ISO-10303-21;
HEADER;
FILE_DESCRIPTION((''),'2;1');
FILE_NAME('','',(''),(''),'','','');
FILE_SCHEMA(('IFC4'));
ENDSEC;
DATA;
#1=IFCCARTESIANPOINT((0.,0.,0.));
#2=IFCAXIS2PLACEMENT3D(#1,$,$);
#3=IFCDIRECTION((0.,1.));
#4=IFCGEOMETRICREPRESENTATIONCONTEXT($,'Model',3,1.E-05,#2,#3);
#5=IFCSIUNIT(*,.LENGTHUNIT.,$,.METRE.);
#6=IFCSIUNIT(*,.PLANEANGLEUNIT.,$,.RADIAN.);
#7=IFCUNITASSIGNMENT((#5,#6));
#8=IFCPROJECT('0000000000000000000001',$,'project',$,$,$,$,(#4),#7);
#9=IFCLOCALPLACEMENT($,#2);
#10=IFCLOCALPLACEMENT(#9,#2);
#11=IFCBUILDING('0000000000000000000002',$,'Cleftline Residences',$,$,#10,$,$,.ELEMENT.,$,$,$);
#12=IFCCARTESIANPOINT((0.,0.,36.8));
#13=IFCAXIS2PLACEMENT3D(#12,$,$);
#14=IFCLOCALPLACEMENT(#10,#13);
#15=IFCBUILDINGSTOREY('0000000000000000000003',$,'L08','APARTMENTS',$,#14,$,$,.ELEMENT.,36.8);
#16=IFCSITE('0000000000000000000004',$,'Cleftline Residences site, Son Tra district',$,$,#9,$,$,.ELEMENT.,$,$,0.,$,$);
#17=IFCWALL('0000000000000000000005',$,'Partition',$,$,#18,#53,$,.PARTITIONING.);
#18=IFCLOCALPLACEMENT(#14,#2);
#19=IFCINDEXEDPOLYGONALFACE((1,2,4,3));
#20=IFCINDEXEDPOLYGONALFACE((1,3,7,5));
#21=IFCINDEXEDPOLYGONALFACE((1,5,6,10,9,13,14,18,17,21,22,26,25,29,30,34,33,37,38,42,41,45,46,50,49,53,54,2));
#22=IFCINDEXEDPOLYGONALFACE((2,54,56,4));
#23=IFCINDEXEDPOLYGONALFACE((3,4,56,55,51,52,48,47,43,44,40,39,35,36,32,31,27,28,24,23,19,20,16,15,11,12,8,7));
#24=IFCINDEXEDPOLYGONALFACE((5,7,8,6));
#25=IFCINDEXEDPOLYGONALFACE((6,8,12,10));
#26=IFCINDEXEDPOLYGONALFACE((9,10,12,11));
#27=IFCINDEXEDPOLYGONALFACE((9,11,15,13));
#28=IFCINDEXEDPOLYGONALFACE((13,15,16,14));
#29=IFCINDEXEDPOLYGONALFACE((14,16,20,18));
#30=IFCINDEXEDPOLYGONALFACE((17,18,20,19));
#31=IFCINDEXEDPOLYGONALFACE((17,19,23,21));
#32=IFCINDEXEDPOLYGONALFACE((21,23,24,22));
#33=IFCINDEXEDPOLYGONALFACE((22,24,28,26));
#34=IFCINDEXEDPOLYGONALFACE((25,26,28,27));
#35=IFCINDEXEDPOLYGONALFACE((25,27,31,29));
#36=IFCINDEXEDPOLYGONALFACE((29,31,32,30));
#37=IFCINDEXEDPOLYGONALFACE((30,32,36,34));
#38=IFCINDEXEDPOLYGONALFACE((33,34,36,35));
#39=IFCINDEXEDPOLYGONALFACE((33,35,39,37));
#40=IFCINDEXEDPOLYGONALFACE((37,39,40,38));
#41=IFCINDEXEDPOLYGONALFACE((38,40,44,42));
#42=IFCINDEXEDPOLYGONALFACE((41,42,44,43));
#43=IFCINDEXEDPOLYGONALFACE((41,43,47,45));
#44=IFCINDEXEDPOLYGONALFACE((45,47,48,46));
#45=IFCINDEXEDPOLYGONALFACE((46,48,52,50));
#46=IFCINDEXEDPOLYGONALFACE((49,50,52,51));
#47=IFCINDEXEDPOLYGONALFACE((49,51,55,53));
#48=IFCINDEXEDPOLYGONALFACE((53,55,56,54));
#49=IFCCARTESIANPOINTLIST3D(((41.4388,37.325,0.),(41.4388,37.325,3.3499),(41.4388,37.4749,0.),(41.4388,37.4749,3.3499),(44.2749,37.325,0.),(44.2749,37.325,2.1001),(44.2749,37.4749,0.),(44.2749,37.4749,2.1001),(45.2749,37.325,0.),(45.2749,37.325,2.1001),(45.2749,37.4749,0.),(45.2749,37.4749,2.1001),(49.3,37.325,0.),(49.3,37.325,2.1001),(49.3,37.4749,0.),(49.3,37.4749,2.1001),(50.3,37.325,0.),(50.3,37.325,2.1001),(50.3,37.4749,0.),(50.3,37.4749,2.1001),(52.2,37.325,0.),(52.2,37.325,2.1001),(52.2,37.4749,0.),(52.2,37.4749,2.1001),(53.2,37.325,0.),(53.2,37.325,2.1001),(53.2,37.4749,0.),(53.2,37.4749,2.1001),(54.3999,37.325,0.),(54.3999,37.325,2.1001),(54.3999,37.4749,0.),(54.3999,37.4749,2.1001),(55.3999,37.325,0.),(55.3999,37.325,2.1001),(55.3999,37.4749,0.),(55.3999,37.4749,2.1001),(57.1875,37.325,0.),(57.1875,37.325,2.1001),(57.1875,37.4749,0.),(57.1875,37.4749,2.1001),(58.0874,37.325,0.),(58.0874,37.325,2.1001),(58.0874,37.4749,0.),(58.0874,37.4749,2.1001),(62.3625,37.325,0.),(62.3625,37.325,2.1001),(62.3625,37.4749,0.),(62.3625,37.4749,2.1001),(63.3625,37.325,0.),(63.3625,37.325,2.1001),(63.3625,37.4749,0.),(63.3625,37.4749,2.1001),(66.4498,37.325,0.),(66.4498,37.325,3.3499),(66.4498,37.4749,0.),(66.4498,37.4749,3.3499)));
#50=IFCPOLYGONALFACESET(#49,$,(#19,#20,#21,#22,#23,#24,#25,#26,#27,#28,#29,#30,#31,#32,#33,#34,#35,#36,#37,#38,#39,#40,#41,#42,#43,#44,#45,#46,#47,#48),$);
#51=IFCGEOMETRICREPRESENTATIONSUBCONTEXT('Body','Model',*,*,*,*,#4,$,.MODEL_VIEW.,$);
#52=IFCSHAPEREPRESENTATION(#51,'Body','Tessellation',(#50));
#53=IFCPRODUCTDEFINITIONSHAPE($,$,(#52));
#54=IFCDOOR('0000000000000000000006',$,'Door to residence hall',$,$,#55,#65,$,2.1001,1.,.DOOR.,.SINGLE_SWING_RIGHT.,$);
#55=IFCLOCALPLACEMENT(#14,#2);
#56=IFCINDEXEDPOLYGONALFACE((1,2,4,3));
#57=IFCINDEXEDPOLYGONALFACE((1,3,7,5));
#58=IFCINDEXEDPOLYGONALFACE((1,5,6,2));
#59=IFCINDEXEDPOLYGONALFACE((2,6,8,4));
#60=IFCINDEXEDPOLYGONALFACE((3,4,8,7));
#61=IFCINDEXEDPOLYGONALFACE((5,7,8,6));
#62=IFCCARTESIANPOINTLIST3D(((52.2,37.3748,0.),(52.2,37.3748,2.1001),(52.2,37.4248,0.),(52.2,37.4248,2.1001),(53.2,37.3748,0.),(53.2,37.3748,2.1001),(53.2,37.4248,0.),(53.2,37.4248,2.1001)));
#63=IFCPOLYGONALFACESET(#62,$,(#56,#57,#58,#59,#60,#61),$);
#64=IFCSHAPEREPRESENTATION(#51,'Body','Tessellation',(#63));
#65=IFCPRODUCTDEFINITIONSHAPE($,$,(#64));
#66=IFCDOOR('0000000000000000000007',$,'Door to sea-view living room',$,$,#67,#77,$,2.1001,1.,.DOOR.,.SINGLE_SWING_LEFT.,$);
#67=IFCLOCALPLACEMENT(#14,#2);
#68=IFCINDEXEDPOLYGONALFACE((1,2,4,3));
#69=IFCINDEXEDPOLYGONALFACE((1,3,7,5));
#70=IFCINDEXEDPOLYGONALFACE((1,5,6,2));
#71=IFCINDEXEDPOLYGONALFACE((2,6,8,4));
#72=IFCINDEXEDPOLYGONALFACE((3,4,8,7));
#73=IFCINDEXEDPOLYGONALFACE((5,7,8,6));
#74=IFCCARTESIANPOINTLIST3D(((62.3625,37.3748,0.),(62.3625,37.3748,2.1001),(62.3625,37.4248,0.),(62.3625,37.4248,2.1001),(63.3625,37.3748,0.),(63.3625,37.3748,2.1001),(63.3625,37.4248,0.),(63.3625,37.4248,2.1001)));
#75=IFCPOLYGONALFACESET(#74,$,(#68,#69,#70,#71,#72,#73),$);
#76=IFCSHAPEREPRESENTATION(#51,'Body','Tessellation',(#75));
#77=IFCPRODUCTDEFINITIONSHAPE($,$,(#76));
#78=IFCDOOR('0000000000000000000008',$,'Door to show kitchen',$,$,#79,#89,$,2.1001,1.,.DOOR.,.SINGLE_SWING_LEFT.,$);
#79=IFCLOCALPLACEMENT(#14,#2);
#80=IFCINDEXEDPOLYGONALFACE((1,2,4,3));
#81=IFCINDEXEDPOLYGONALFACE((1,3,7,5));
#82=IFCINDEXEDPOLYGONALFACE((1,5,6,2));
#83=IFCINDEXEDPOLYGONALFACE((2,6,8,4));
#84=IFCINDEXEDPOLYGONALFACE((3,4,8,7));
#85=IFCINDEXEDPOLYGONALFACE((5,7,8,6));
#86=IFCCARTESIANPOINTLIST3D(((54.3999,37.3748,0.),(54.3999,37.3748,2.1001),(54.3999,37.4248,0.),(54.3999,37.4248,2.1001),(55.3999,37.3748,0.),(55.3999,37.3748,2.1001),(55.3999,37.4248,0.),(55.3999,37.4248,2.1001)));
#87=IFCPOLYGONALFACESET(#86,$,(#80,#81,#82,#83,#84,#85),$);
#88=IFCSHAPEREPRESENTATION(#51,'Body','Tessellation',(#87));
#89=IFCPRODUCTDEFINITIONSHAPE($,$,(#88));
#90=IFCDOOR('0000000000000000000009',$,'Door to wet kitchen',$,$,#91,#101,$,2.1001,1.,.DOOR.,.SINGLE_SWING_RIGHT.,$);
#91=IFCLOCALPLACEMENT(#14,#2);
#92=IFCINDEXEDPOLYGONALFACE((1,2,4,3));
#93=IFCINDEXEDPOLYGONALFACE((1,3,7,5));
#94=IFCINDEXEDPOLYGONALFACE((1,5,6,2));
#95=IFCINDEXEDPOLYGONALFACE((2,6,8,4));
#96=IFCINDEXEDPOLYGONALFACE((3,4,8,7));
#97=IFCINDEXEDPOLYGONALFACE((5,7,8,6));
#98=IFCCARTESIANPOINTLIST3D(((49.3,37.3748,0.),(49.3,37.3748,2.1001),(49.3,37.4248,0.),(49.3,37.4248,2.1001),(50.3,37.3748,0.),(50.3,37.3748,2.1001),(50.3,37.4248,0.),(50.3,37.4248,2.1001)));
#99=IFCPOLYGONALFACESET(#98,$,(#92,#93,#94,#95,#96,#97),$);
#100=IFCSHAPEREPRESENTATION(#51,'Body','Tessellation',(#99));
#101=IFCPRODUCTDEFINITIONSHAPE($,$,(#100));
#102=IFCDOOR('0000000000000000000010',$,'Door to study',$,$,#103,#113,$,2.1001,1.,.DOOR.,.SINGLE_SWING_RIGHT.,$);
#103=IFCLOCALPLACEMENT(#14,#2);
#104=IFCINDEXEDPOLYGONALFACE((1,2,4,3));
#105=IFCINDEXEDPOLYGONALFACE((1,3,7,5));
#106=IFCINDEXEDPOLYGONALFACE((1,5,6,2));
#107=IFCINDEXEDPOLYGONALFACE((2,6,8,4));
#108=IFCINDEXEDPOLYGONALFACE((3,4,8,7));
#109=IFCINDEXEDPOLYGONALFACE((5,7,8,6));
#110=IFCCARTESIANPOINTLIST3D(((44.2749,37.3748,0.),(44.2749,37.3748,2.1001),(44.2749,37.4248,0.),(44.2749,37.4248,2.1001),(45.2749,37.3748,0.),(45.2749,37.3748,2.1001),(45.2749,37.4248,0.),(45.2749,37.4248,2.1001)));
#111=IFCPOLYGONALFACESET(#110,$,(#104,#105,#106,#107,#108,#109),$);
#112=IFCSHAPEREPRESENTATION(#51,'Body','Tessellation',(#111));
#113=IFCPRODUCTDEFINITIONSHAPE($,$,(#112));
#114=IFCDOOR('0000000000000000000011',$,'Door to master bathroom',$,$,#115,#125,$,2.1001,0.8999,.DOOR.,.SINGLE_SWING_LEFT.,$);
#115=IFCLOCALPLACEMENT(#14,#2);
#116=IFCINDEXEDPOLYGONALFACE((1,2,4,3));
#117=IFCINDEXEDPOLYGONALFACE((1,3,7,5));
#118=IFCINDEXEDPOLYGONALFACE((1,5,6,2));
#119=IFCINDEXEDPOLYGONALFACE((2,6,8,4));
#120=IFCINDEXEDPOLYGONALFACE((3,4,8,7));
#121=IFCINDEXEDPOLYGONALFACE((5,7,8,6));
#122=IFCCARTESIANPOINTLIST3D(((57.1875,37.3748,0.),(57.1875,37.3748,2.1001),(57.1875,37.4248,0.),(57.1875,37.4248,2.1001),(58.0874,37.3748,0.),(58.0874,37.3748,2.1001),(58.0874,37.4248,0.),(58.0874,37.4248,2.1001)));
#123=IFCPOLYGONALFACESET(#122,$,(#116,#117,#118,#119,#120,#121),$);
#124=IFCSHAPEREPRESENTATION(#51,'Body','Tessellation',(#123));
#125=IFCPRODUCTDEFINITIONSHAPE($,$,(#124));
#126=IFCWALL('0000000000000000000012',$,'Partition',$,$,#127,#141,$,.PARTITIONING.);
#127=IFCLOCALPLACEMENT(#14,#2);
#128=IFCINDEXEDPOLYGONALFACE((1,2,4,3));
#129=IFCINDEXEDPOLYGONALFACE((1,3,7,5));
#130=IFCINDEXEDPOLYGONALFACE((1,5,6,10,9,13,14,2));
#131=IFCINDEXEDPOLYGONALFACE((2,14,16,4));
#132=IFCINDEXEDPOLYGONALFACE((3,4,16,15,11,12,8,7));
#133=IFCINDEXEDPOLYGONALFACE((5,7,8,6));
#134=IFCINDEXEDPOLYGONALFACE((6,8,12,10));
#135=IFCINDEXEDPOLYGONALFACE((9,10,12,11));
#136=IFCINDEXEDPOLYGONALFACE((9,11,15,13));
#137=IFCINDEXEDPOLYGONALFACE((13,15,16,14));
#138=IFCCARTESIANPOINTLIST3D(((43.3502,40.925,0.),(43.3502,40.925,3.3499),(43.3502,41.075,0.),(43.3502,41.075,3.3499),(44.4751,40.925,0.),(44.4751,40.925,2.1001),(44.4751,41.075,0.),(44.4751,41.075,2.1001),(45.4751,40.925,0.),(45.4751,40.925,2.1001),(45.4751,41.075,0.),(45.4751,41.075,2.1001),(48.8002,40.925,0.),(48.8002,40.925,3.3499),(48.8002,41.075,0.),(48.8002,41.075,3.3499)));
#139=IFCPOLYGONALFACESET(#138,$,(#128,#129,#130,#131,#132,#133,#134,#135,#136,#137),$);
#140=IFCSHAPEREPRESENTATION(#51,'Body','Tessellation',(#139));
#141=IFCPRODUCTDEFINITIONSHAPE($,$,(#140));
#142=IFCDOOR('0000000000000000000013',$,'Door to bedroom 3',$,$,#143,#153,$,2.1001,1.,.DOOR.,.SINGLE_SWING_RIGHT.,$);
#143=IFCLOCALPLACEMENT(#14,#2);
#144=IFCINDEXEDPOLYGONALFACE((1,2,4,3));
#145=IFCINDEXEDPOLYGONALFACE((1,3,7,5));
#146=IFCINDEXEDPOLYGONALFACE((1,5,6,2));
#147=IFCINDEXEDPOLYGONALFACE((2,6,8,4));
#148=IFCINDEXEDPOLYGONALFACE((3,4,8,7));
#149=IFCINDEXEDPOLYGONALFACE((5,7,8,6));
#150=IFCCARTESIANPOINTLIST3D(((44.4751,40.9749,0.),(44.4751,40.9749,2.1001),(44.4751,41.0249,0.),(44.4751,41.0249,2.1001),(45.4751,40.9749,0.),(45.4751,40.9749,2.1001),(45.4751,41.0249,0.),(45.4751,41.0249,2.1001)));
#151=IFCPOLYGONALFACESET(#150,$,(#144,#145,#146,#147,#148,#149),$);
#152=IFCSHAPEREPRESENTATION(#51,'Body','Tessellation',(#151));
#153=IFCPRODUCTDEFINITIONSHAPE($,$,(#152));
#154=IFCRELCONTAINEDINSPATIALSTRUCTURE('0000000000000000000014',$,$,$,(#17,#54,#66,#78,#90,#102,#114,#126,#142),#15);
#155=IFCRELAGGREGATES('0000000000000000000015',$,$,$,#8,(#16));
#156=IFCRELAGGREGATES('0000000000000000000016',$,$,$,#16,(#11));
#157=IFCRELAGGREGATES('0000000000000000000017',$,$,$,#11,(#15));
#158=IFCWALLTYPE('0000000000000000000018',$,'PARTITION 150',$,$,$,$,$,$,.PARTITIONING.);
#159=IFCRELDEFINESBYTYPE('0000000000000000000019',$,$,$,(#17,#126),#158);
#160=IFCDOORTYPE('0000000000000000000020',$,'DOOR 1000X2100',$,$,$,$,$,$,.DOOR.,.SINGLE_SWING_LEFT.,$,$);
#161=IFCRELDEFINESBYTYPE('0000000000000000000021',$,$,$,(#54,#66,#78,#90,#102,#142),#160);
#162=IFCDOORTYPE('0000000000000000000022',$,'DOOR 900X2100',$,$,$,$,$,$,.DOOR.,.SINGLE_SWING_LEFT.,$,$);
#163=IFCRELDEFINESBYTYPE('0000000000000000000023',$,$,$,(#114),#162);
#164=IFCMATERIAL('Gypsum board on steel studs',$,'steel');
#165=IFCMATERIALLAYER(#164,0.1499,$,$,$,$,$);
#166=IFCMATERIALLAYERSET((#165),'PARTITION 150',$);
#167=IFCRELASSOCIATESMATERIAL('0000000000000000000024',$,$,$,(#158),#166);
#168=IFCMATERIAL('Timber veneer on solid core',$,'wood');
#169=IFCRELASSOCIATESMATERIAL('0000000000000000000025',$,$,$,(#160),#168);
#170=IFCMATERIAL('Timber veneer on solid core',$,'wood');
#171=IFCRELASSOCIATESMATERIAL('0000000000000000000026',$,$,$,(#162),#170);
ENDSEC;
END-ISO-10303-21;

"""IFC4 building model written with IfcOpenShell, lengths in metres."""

from ifc_helpers import new_model, si_unit, direction, frame, frame_2d, origin, place, context, subcontext, project, spatial, rectangle, extrude, material, layer, layer_set, type_object, element, fill, save


model = new_model("IFC4")

# Units and contexts
model_context = context("Model", 3, precision=1e-05, world=origin(), true_north=direction((0.0, 1.0)))
body_context = subcontext(model_context, "Body", "Model", "MODEL_VIEW")
ifc_project = project(units=[si_unit("LENGTHUNIT", "METRE"), si_unit("PLANEANGLEUNIT", "RADIAN")], contexts=[model_context])

# Site, building, storey
site_placement = place(None, origin())
site = spatial("IfcSite", under=ifc_project, at=site_placement, Name="Cleftline Residences site, Son Tra district", CompositionType="ELEMENT", RefElevation=0.0)
building_placement = place(site_placement, origin())
building = spatial("IfcBuilding", under=site, at=building_placement, Name="Cleftline Residences", CompositionType="ELEMENT")
storey_placement = place(building_placement, frame((0.0, 0.0, 36.8)))
storey = spatial("IfcBuildingStorey", under=building, at=storey_placement, Name="L08", Description="APARTMENTS", CompositionType="ELEMENT", Elevation=36.8)

# Wall, openings, doors
ifc_material_1 = material(Name="Gypsum board on steel studs", Category="steel")
ifc_layer_1 = layer(ifc_material_1, 0.1499)
ifc_layer_set_1 = layer_set([ifc_layer_1], Name="PARTITION 150")
wall_type = type_object("IfcWallType", Name="PARTITION 150", PredefinedType="PARTITIONING", material=ifc_layer_set_1)
wall_1_placement = place(storey_placement, frame((41.439, 37.3999, 0.0), z_axis=(0.0, 0.0, 1.0), x_axis=(1.0, 0.0, 0.0)))
wall_1 = element("IfcWall", 1, at=wall_1_placement, inside=storey, type_object=wall_type, Name="Partition", PredefinedType="PARTITIONING", context=body_context, shape_type="SweptSolid", body=[
    extrude(rectangle(XDim=25.011, YDim=0.1499, at=frame_2d((12.5054, 0.0))), origin(), (0.0, 0.0, 1.0), 3.3499),
])
opening_1_placement = place(wall_1_placement, frame((10.761, 0.0, 0.0)))
opening_1 = element("IfcOpeningElement", 2, at=opening_1_placement, cuts=wall_1, PredefinedType="OPENING", context=body_context, shape_type="SweptSolid", body=[
    extrude(rectangle(XDim=1.0, YDim=2.1001, at=frame_2d((0.5, 1.05))), frame((0.0, 0.085, 0.0), z_axis=(0.0, -1.0, 0.0), x_axis=(1.0, 0.0, 0.0)), (0.0, 0.0, 1.0), 0.1699),
])
opening_2_placement = place(wall_1_placement, frame((20.9236, 0.0, 0.0)))
opening_2 = element("IfcOpeningElement", 3, at=opening_2_placement, cuts=wall_1, PredefinedType="OPENING", context=body_context, shape_type="SweptSolid", body=[
    extrude(rectangle(XDim=1.0, YDim=2.1001, at=frame_2d((0.5, 1.05))), frame((0.0, 0.085, 0.0), z_axis=(0.0, -1.0, 0.0), x_axis=(1.0, 0.0, 0.0)), (0.0, 0.0, 1.0), 0.1699),
])
opening_3_placement = place(wall_1_placement, frame((15.7485, 0.0, 0.0)))
opening_3 = element("IfcOpeningElement", 4, at=opening_3_placement, cuts=wall_1, PredefinedType="OPENING", context=body_context, shape_type="SweptSolid", body=[
    extrude(rectangle(XDim=0.8999, YDim=2.1001, at=frame_2d((0.45, 1.05))), frame((0.0, 0.085, 0.0), z_axis=(0.0, -1.0, 0.0), x_axis=(1.0, 0.0, 0.0)), (0.0, 0.0, 1.0), 0.1699),
])
opening_4_placement = place(wall_1_placement, frame((12.9609, 0.0, 0.0)))
opening_4 = element("IfcOpeningElement", 5, at=opening_4_placement, cuts=wall_1, PredefinedType="OPENING", context=body_context, shape_type="SweptSolid", body=[
    extrude(rectangle(XDim=1.0, YDim=2.1001, at=frame_2d((0.5, 1.05))), frame((0.0, 0.085, 0.0), z_axis=(0.0, -1.0, 0.0), x_axis=(1.0, 0.0, 0.0)), (0.0, 0.0, 1.0), 0.1699),
])
opening_5_placement = place(wall_1_placement, frame((7.8611, 0.0, 0.0)))
opening_5 = element("IfcOpeningElement", 6, at=opening_5_placement, cuts=wall_1, PredefinedType="OPENING", context=body_context, shape_type="SweptSolid", body=[
    extrude(rectangle(XDim=1.0, YDim=2.1001, at=frame_2d((0.5, 1.05))), frame((0.0, 0.085, 0.0), z_axis=(0.0, -1.0, 0.0), x_axis=(1.0, 0.0, 0.0)), (0.0, 0.0, 1.0), 0.1699),
])
opening_6_placement = place(wall_1_placement, frame((2.8359, 0.0, 0.0)))
opening_6 = element("IfcOpeningElement", 7, at=opening_6_placement, cuts=wall_1, PredefinedType="OPENING", context=body_context, shape_type="SweptSolid", body=[
    extrude(rectangle(XDim=1.0, YDim=2.1001, at=frame_2d((0.5, 1.05))), frame((0.0, 0.085, 0.0), z_axis=(0.0, -1.0, 0.0), x_axis=(1.0, 0.0, 0.0)), (0.0, 0.0, 1.0), 0.1699),
])
ifc_material_2 = material(Name="Timber veneer on solid core", Category="wood")
door_type_1 = type_object("IfcDoorType", Name="DOOR 1000X2100", OperationType="SINGLE_SWING_LEFT", PredefinedType="DOOR", material=ifc_material_2)
door_1_placement = place(opening_1_placement, origin())
door_1 = element("IfcDoor", 8, at=door_1_placement, inside=storey, type_object=door_type_1, Name="Door to residence hall", OperationType="SINGLE_SWING_RIGHT", OverallHeight=2.1001, OverallWidth=1.0, PredefinedType="DOOR", context=body_context, shape_type="SweptSolid", body=[
    extrude(rectangle(XDim=1.0, YDim=2.1001, at=frame_2d((0.5, 1.05))), frame((0.0, 0.0249, 0.0), z_axis=(0.0, -1.0, 0.0), x_axis=(1.0, 0.0, 0.0)), (0.0, 0.0, 1.0), 0.05),
])
fill(opening_1, door_1)
door_2_placement = place(opening_2_placement, origin())
door_2 = element("IfcDoor", 9, at=door_2_placement, inside=storey, type_object=door_type_1, Name="Door to sea-view living room", OperationType="SINGLE_SWING_LEFT", OverallHeight=2.1001, OverallWidth=1.0, PredefinedType="DOOR", context=body_context, shape_type="SweptSolid", body=[
    extrude(rectangle(XDim=1.0, YDim=2.1001, at=frame_2d((0.5, 1.05))), frame((0.0, 0.0249, 0.0), z_axis=(0.0, -1.0, 0.0), x_axis=(1.0, 0.0, 0.0)), (0.0, 0.0, 1.0), 0.05),
])
fill(opening_2, door_2)
door_3_placement = place(opening_4_placement, origin())
door_3 = element("IfcDoor", 10, at=door_3_placement, inside=storey, type_object=door_type_1, Name="Door to show kitchen", OperationType="SINGLE_SWING_LEFT", OverallHeight=2.1001, OverallWidth=1.0, PredefinedType="DOOR", context=body_context, shape_type="SweptSolid", body=[
    extrude(rectangle(XDim=1.0, YDim=2.1001, at=frame_2d((0.5, 1.05))), frame((0.0, 0.0249, 0.0), z_axis=(0.0, -1.0, 0.0), x_axis=(1.0, 0.0, 0.0)), (0.0, 0.0, 1.0), 0.05),
])
fill(opening_4, door_3)
door_4_placement = place(opening_5_placement, origin())
door_4 = element("IfcDoor", 11, at=door_4_placement, inside=storey, type_object=door_type_1, Name="Door to wet kitchen", OperationType="SINGLE_SWING_RIGHT", OverallHeight=2.1001, OverallWidth=1.0, PredefinedType="DOOR", context=body_context, shape_type="SweptSolid", body=[
    extrude(rectangle(XDim=1.0, YDim=2.1001, at=frame_2d((0.5, 1.05))), frame((0.0, 0.0249, 0.0), z_axis=(0.0, -1.0, 0.0), x_axis=(1.0, 0.0, 0.0)), (0.0, 0.0, 1.0), 0.05),
])
fill(opening_5, door_4)
door_5_placement = place(opening_6_placement, origin())
door_5 = element("IfcDoor", 12, at=door_5_placement, inside=storey, type_object=door_type_1, Name="Door to study", OperationType="SINGLE_SWING_RIGHT", OverallHeight=2.1001, OverallWidth=1.0, PredefinedType="DOOR", context=body_context, shape_type="SweptSolid", body=[
    extrude(rectangle(XDim=1.0, YDim=2.1001, at=frame_2d((0.5, 1.05))), frame((0.0, 0.0249, 0.0), z_axis=(0.0, -1.0, 0.0), x_axis=(1.0, 0.0, 0.0)), (0.0, 0.0, 1.0), 0.05),
])
fill(opening_6, door_5)
ifc_material_3 = material(Name="Timber veneer on solid core", Category="wood")
door_type_2 = type_object("IfcDoorType", Name="DOOR 900X2100", OperationType="SINGLE_SWING_LEFT", PredefinedType="DOOR", material=ifc_material_3)
door_6_placement = place(opening_3_placement, origin())
door_6 = element("IfcDoor", 13, at=door_6_placement, inside=storey, type_object=door_type_2, Name="Door to master bathroom", OperationType="SINGLE_SWING_LEFT", OverallHeight=2.1001, OverallWidth=0.8999, PredefinedType="DOOR", context=body_context, shape_type="SweptSolid", body=[
    extrude(rectangle(XDim=0.8999, YDim=2.1001, at=frame_2d((0.45, 1.05))), frame((0.0, 0.0249, 0.0), z_axis=(0.0, -1.0, 0.0), x_axis=(1.0, 0.0, 0.0)), (0.0, 0.0, 1.0), 0.05),
])
fill(opening_3, door_6)

# Wall, opening, door
wall_2_placement = place(storey_placement, frame((43.3501, 41.0, 0.0), z_axis=(0.0, 0.0, 1.0), x_axis=(1.0, 0.0, 0.0)))
wall_2 = element("IfcWall", 14, at=wall_2_placement, inside=storey, type_object=wall_type, Name="Partition", PredefinedType="PARTITIONING", context=body_context, shape_type="SweptSolid", body=[
    extrude(rectangle(XDim=5.45, YDim=0.1499, at=frame_2d((2.7251, 0.0))), origin(), (0.0, 0.0, 1.0), 3.3499),
])
opening_7_placement = place(wall_2_placement, frame((1.125, 0.0, 0.0)))
opening_7 = element("IfcOpeningElement", 15, at=opening_7_placement, cuts=wall_2, PredefinedType="OPENING", context=body_context, shape_type="SweptSolid", body=[
    extrude(rectangle(XDim=1.0, YDim=2.1001, at=frame_2d((0.5, 1.05))), frame((0.0, 0.085, 0.0), z_axis=(0.0, -1.0, 0.0), x_axis=(1.0, 0.0, 0.0)), (0.0, 0.0, 1.0), 0.1699),
])
door_7_placement = place(opening_7_placement, origin())
door_7 = element("IfcDoor", 16, at=door_7_placement, inside=storey, type_object=door_type_1, Name="Door to bedroom 3", OperationType="SINGLE_SWING_RIGHT", OverallHeight=2.1001, OverallWidth=1.0, PredefinedType="DOOR", context=body_context, shape_type="SweptSolid", body=[
    extrude(rectangle(XDim=1.0, YDim=2.1001, at=frame_2d((0.5, 1.05))), frame((0.0, 0.0249, 0.0), z_axis=(0.0, -1.0, 0.0), x_axis=(1.0, 0.0, 0.0)), (0.0, 0.0, 1.0), 0.05),
])
fill(opening_7, door_7)

save(model, "model.ifc")
